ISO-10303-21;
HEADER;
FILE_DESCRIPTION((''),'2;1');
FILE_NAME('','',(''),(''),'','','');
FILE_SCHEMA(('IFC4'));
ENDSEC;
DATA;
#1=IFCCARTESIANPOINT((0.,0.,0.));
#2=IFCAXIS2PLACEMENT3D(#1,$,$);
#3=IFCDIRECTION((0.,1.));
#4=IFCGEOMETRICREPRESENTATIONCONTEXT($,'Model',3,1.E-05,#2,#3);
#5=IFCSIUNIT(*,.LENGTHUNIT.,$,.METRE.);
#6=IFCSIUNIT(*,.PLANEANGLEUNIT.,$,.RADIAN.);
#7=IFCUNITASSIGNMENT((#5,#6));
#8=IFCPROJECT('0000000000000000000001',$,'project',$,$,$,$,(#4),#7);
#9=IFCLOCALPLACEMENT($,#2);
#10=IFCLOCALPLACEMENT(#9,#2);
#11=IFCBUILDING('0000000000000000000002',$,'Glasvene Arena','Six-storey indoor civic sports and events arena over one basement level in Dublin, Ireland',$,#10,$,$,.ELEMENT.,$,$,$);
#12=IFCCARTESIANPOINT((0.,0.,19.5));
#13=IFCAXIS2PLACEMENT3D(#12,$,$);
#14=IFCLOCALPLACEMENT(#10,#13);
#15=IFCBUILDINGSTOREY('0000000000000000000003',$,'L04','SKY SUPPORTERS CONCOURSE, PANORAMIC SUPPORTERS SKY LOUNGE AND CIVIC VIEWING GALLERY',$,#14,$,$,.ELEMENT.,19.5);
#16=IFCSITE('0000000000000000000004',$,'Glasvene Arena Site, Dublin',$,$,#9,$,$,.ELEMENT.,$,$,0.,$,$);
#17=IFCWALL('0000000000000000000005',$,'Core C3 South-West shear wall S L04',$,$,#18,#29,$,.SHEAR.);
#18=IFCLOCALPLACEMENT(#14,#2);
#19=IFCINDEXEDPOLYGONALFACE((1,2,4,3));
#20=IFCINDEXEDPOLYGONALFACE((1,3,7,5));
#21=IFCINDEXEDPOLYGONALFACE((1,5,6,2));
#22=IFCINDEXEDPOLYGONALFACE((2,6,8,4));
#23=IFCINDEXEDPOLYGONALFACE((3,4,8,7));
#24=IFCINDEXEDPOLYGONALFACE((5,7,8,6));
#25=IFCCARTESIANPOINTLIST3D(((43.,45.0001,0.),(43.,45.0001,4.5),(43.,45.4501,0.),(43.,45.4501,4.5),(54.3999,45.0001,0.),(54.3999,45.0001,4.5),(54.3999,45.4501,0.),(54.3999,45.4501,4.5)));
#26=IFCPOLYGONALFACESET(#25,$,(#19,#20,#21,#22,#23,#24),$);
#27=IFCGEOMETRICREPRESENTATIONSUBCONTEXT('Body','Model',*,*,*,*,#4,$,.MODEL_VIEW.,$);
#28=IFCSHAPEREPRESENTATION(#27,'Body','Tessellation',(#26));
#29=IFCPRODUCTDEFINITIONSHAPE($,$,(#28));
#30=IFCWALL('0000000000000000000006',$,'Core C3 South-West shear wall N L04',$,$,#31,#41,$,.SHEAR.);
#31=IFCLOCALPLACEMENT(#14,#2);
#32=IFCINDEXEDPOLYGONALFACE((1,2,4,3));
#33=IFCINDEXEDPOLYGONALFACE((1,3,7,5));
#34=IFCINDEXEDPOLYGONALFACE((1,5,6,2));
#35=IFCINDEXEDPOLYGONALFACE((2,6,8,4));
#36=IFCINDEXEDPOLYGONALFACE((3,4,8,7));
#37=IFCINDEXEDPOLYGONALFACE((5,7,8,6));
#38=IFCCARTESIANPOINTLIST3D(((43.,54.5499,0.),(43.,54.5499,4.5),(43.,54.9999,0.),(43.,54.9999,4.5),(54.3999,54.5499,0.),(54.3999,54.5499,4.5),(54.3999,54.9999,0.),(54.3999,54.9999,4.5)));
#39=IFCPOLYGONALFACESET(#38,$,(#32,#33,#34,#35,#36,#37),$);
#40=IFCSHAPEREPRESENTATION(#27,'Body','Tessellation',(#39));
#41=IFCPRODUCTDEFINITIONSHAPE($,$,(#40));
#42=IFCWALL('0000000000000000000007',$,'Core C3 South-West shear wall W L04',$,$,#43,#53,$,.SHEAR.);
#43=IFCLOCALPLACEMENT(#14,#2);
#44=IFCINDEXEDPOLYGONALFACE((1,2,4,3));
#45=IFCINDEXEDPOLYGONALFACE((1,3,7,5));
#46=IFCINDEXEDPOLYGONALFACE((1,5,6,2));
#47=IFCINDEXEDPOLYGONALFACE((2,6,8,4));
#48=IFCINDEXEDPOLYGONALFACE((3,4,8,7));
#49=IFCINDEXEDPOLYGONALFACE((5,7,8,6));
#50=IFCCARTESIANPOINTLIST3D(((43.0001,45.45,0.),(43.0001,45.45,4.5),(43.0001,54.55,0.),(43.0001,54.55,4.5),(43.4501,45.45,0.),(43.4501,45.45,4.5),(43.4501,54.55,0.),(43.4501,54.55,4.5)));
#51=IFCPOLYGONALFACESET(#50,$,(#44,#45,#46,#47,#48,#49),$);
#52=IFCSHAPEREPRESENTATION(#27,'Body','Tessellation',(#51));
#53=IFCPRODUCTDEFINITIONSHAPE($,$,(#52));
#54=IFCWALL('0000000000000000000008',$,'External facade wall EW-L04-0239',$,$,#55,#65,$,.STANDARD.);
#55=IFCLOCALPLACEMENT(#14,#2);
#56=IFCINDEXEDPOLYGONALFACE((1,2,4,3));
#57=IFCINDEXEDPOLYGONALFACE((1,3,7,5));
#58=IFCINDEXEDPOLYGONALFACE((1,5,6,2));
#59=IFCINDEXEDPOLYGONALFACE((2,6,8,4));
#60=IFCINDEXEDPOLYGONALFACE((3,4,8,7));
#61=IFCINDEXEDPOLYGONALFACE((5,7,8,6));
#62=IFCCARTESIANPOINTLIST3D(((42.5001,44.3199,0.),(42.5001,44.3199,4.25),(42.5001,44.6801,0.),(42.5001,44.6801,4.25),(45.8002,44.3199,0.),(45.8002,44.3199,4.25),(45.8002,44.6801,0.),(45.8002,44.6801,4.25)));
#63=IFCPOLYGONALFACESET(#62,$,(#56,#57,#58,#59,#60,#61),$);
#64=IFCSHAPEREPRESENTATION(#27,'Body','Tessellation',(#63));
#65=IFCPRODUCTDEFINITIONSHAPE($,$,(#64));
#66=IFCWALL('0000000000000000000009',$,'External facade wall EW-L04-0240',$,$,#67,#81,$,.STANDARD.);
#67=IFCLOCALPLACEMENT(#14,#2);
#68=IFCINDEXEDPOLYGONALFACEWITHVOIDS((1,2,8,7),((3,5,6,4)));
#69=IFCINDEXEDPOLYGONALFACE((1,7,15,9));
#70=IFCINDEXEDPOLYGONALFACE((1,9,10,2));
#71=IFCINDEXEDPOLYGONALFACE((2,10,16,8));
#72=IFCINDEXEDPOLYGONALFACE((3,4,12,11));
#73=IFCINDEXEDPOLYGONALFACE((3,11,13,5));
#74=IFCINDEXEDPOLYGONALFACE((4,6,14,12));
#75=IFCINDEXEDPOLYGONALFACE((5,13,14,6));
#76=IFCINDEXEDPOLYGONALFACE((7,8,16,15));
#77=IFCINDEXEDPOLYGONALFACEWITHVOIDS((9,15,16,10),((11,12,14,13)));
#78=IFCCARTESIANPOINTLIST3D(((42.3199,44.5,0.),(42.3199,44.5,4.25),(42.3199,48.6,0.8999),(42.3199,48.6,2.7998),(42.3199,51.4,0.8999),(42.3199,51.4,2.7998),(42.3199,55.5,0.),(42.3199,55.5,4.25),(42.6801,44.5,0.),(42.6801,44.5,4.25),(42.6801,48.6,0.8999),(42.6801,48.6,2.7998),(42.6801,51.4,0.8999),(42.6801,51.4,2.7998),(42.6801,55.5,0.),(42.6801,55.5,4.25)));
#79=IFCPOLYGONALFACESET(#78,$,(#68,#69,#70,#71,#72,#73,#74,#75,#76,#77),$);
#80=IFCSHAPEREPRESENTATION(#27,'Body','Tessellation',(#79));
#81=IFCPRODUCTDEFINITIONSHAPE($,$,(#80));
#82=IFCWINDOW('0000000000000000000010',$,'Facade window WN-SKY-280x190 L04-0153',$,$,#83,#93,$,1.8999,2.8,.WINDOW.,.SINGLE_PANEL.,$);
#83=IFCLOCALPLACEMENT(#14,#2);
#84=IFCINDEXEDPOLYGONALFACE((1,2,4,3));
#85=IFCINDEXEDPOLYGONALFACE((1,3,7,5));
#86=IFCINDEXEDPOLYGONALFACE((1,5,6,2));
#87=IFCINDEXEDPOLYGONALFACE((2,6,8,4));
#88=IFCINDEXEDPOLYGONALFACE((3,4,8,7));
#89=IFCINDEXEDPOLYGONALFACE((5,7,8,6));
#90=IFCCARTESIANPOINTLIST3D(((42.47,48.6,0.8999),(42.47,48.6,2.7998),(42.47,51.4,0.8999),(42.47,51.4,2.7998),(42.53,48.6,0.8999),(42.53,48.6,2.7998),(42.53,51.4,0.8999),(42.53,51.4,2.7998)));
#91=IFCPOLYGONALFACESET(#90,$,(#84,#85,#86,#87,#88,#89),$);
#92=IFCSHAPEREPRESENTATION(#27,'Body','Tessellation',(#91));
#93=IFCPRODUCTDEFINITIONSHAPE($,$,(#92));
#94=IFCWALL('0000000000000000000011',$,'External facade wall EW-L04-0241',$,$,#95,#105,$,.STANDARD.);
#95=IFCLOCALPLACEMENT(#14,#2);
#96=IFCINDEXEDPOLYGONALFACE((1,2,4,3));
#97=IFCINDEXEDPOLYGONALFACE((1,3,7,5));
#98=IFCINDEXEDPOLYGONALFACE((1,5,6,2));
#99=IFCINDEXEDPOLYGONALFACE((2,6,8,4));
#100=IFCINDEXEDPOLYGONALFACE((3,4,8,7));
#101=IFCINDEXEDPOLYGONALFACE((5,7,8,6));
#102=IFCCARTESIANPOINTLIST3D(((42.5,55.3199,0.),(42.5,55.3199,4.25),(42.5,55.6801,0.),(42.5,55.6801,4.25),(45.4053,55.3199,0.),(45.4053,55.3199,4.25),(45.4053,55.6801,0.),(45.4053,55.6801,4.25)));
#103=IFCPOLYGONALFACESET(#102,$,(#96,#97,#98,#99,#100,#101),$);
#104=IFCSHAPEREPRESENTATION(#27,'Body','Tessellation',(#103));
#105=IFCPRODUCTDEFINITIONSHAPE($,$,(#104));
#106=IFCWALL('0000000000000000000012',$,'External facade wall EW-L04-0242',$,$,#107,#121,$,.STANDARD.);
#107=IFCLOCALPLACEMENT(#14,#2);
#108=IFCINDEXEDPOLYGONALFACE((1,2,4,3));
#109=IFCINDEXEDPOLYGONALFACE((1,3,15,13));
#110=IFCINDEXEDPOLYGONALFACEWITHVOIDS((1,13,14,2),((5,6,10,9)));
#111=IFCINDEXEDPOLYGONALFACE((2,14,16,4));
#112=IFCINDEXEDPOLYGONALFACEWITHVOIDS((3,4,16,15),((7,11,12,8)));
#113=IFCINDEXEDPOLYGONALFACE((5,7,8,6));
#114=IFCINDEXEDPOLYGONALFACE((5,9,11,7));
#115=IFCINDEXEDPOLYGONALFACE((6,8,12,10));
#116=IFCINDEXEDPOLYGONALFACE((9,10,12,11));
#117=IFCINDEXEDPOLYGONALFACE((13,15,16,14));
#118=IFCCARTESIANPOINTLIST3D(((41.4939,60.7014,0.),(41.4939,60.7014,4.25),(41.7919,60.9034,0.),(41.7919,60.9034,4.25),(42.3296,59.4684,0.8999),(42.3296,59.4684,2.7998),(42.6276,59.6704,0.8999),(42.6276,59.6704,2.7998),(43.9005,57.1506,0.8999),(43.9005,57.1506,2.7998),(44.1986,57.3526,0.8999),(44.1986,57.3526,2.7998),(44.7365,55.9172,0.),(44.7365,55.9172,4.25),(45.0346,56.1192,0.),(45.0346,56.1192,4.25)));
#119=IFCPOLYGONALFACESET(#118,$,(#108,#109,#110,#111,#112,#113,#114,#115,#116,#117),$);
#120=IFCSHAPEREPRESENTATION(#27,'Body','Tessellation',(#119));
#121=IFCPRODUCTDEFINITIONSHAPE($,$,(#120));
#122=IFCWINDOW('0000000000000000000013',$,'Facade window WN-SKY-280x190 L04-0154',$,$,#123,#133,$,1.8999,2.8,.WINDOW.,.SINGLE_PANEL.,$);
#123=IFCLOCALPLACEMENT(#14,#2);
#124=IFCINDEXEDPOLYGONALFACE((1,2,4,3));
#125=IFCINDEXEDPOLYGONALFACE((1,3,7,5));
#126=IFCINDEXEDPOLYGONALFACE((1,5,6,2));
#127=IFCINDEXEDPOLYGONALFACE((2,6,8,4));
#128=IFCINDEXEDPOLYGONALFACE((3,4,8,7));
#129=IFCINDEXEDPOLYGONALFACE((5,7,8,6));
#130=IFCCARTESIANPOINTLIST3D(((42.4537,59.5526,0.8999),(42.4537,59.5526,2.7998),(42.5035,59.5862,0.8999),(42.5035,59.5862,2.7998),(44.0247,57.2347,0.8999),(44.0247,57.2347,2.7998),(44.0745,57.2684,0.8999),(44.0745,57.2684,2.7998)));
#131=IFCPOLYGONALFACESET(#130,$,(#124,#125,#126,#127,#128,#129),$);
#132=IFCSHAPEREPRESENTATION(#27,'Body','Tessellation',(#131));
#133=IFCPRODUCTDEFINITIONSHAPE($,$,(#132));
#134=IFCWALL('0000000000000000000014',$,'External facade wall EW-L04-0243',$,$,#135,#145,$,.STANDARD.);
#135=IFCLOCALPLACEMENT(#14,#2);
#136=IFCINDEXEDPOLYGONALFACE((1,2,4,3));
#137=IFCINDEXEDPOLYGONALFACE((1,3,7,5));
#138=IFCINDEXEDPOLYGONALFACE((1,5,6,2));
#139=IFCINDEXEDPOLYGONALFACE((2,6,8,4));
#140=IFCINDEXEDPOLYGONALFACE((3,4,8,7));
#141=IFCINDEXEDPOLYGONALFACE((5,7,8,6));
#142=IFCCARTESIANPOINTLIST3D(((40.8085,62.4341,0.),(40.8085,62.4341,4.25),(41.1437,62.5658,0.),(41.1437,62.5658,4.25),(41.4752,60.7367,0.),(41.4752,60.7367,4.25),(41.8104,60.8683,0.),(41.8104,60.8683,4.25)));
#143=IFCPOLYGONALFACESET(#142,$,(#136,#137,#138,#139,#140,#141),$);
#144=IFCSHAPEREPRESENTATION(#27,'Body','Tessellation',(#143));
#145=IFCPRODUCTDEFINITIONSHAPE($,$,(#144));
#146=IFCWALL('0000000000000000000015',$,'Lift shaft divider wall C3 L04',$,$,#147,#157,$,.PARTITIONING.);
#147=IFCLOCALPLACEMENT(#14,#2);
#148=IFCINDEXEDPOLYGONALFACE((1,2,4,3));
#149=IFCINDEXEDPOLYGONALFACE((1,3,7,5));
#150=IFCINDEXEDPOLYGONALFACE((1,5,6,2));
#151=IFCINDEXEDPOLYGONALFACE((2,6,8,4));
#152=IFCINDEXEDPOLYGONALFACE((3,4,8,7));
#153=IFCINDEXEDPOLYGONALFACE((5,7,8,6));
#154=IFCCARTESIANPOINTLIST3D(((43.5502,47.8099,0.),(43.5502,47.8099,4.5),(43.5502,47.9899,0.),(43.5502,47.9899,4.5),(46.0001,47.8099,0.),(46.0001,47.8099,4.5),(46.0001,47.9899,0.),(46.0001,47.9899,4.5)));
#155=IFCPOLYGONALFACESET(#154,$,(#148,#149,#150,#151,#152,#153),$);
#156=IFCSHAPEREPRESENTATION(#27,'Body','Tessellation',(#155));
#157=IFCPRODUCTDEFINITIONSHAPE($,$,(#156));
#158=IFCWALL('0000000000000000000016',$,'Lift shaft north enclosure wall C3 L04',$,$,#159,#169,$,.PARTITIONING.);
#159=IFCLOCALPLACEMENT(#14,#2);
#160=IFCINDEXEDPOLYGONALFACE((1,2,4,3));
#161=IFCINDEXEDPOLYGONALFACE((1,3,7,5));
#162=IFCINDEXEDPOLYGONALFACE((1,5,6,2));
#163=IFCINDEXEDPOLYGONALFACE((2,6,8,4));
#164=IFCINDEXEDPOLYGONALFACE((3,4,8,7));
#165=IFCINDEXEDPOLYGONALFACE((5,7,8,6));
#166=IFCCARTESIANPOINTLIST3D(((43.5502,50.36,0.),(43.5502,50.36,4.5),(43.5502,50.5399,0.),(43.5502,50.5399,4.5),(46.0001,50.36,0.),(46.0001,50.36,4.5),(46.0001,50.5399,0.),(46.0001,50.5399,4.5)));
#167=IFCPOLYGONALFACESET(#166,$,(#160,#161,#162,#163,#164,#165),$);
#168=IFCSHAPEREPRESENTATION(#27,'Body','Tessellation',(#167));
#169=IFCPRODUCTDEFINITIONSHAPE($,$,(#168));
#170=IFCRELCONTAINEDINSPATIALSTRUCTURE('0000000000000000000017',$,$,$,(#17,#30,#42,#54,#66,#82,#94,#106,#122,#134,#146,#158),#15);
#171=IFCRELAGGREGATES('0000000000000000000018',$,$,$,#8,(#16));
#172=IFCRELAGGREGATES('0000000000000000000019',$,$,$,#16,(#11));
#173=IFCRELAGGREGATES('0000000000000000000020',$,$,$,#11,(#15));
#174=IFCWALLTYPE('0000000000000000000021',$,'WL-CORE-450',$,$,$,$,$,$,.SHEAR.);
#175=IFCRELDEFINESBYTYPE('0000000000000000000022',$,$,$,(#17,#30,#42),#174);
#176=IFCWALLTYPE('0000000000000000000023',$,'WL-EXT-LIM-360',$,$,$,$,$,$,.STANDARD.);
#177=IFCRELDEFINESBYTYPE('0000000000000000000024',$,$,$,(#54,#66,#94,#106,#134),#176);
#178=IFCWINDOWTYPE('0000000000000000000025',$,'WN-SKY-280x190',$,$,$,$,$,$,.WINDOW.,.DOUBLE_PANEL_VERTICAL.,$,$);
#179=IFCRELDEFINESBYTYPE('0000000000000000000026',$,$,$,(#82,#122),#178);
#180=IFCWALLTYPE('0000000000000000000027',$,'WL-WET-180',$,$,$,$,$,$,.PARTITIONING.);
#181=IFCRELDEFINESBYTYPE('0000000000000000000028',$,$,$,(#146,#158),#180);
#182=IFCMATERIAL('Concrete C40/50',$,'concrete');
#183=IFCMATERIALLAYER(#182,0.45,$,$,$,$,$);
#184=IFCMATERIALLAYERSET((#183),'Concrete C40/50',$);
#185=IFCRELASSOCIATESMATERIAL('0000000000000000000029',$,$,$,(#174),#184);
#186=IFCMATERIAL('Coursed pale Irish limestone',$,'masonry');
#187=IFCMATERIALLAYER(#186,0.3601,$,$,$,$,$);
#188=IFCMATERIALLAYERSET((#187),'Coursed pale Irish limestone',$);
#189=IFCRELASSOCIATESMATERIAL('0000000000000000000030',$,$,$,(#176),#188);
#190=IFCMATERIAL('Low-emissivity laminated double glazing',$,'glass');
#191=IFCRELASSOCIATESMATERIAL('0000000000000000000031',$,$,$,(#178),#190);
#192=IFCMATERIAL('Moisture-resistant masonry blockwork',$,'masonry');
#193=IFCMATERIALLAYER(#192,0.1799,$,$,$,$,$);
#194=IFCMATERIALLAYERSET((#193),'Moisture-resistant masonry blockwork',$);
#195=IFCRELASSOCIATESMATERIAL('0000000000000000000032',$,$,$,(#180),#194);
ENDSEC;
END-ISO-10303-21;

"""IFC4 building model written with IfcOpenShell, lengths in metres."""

from ifc_helpers import new_model, si_unit, direction, frame, frame_2d, origin, place, context, subcontext, project, spatial, rectangle, extrude, material, layer, layer_set, type_object, element, fill, save


model = new_model("IFC4")

# Units and contexts
model_context = context("Model", 3, precision=1e-05, world=origin(), true_north=direction((0.0, 1.0)))
body_context = subcontext(model_context, "Body", "Model", "MODEL_VIEW")
ifc_project = project(units=[si_unit("LENGTHUNIT", "METRE"), si_unit("PLANEANGLEUNIT", "RADIAN")], contexts=[model_context])

# Site, building, storey
site_placement = place(None, origin())
site = spatial("IfcSite", under=ifc_project, at=site_placement, Name="Glasvene Arena Site, Dublin", CompositionType="ELEMENT", RefElevation=0.0)
building_placement = place(site_placement, origin())
building = spatial("IfcBuilding", under=site, at=building_placement, Name="Glasvene Arena", Description="Six-storey indoor civic sports and events arena over one basement level in Dublin, Ireland", CompositionType="ELEMENT")
storey_placement = place(building_placement, frame((0.0, 0.0, 19.5)))
storey = spatial("IfcBuildingStorey", under=building, at=storey_placement, Name="L04", Description="SKY SUPPORTERS CONCOURSE, PANORAMIC SUPPORTERS SKY LOUNGE AND CIVIC VIEWING GALLERY", CompositionType="ELEMENT", Elevation=19.5)

# Shared definitions
ifc_material_1 = material(Name="Low-emissivity laminated double glazing", Category="glass")

# Walls
ifc_material_2 = material(Name="Concrete C40/50", Category="concrete")
ifc_layer_1 = layer(ifc_material_2, 0.45)
ifc_layer_set_1 = layer_set([ifc_layer_1], Name="Concrete C40/50")
wall_type_1 = type_object("IfcWallType", Name="WL-CORE-450", PredefinedType="SHEAR", material=ifc_layer_set_1)
for number, where, z_axis, x_axis, name in (
    (1, (43.0, 45.2251, 0.0), (0.0, 0.0, 1.0), (1.0, 0.0, 0.0), "Core C3 South-West shear wall S L04"),
    (2, (43.0, 54.7749, 0.0), (0.0, 0.0, 1.0), (1.0, 0.0, 0.0), "Core C3 South-West shear wall N L04"),
):
    element("IfcWall", number, at=place(storey_placement, frame(where, z_axis=z_axis, x_axis=x_axis)), inside=storey, type_object=wall_type_1, Name=name, PredefinedType="SHEAR", context=body_context, shape_type="SweptSolid", body=[
        extrude(rectangle(XDim=11.3999, YDim=0.45, at=frame_2d((5.7, 0.0))), origin(), (0.0, 0.0, 1.0), 4.5),
    ])
wall_1_placement = place(storey_placement, frame((43.2251, 45.45, 0.0), z_axis=(0.0, 0.0, 1.0), x_axis=(0.0, 1.0, 0.0)))
element("IfcWall", 3, at=wall_1_placement, inside=storey, type_object=wall_type_1, Name="Core C3 South-West shear wall W L04", PredefinedType="SHEAR", context=body_context, shape_type="SweptSolid", body=[
    extrude(rectangle(XDim=9.1001, YDim=0.45, at=frame_2d((4.55, 0.0))), origin(), (0.0, 0.0, 1.0), 4.5),
])
ifc_material_3 = material(Name="Coursed pale Irish limestone", Category="masonry")
ifc_layer_2 = layer(ifc_material_3, 0.3601)
ifc_layer_set_2 = layer_set([ifc_layer_2], Name="Coursed pale Irish limestone")
wall_type_2 = type_object("IfcWallType", Name="WL-EXT-LIM-360", PredefinedType="STANDARD", material=ifc_layer_set_2)
wall_2_placement = place(storey_placement, frame((45.8, 44.5, 0.0), z_axis=(0.0, 0.0, 1.0), x_axis=(-1.0, 0.0, 0.0)))
element("IfcWall", 4, at=wall_2_placement, inside=storey, type_object=wall_type_2, Name="External facade wall EW-L04-0239", PredefinedType="STANDARD", context=body_context, shape_type="SweptSolid", body=[
    extrude(rectangle(XDim=3.3, YDim=0.3601, at=frame_2d((1.6499, 0.0))), origin(), (0.0, 0.0, 1.0), 4.25),
])

# Wall, opening, window
wall_3_placement = place(storey_placement, frame((42.5, 44.5, 0.0), z_axis=(0.0, 0.0, 1.0), x_axis=(0.0, 1.0, 0.0)))
wall_3 = element("IfcWall", 5, at=wall_3_placement, inside=storey, type_object=wall_type_2, Name="External facade wall EW-L04-0240", PredefinedType="STANDARD", context=body_context, shape_type="SweptSolid", body=[
    extrude(rectangle(XDim=11.0, YDim=0.3601, at=frame_2d((5.5, 0.0))), origin(), (0.0, 0.0, 1.0), 4.25),
])
opening_1_placement = place(wall_3_placement, frame((4.1001, 0.0, 0.8999)))
opening_1 = element("IfcOpeningElement", 6, at=opening_1_placement, cuts=wall_3, PredefinedType="OPENING", context=body_context, shape_type="SweptSolid", body=[
    extrude(rectangle(XDim=2.8, YDim=1.8999, at=frame_2d((1.3999, 0.95))), frame((0.0, 0.1899, 0.0), z_axis=(0.0, -1.0, 0.0), x_axis=(1.0, 0.0, 0.0)), (0.0, 0.0, 1.0), 0.3801),
])
window_type = type_object("IfcWindowType", Name="WN-SKY-280x190", PartitioningType="DOUBLE_PANEL_VERTICAL", PredefinedType="WINDOW", material=ifc_material_1)
window_1_placement = place(opening_1_placement, origin())
window_1 = element("IfcWindow", 7, at=window_1_placement, inside=storey, type_object=window_type, Name="Facade window WN-SKY-280x190 L04-0153", OverallHeight=1.8999, OverallWidth=2.8, PartitioningType="SINGLE_PANEL", PredefinedType="WINDOW", context=body_context, shape_type="SweptSolid", body=[
    extrude(rectangle(XDim=2.8, YDim=1.8999, at=frame_2d((1.3999, 0.95))), frame((0.0, 0.03, 0.0), z_axis=(0.0, -1.0, 0.0), x_axis=(1.0, 0.0, 0.0)), (0.0, 0.0, 1.0), 0.0601),
])
fill(opening_1, window_1)

# Wall
wall_4_placement = place(storey_placement, frame((42.5, 55.5, 0.0), z_axis=(0.0, 0.0, 1.0), x_axis=(1.0, 0.0, 0.0)))
element("IfcWall", 8, at=wall_4_placement, inside=storey, type_object=wall_type_2, Name="External facade wall EW-L04-0241", PredefinedType="STANDARD", context=body_context, shape_type="SweptSolid", body=[
    extrude(rectangle(XDim=2.9053, YDim=0.3601, at=frame_2d((1.4526, 0.0))), origin(), (0.0, 0.0, 1.0), 4.25),
])

# Wall, opening, window
wall_5_placement = place(storey_placement, frame((44.8855, 56.0183, 0.0), z_axis=(0.0, 0.0, 1.0), x_axis=(-0.561059, 0.827776, 0.0)))
wall_5 = element("IfcWall", 9, at=wall_5_placement, inside=storey, type_object=wall_type_2, Name="External facade wall EW-L04-0242", PredefinedType="STANDARD", context=body_context, shape_type="SweptSolid", body=[
    extrude(rectangle(XDim=5.7795, YDim=0.3601, at=frame_2d((2.8896, 0.0))), origin(), (0.0, 0.0, 1.0), 4.25),
])
opening_2_placement = place(wall_5_placement, frame((1.49, 0.0, 0.8999)))
opening_2 = element("IfcOpeningElement", 10, at=opening_2_placement, cuts=wall_5, PredefinedType="OPENING", context=body_context, shape_type="SweptSolid", body=[
    extrude(rectangle(XDim=2.8, YDim=1.8999, at=frame_2d((1.3999, 0.95))), frame((0.0, 0.1899, 0.0), z_axis=(0.0, -1.0, 0.0), x_axis=(1.0, 0.0, 0.0)), (0.0, 0.0, 1.0), 0.3801),
])
window_2_placement = place(opening_2_placement, origin())
window_2 = element("IfcWindow", 11, at=window_2_placement, inside=storey, type_object=window_type, Name="Facade window WN-SKY-280x190 L04-0154", OverallHeight=1.8999, OverallWidth=2.8, PartitioningType="SINGLE_PANEL", PredefinedType="WINDOW", context=body_context, shape_type="SweptSolid", body=[
    extrude(rectangle(XDim=2.8, YDim=1.8999, at=frame_2d((1.3999, 0.95))), frame((0.0, 0.03, 0.0), z_axis=(0.0, -1.0, 0.0), x_axis=(1.0, 0.0, 0.0)), (0.0, 0.0, 1.0), 0.0601),
])
fill(opening_2, window_2)

# Walls
wall_6_placement = place(storey_placement, frame((41.6428, 60.8025, 0.0), z_axis=(0.0, 0.0, 1.0), x_axis=(-0.36559, 0.930776, 0.0)))
element("IfcWall", 12, at=wall_6_placement, inside=storey, type_object=wall_type_2, Name="External facade wall EW-L04-0243", PredefinedType="STANDARD", context=body_context, shape_type="SweptSolid", body=[
    extrude(rectangle(XDim=1.8237, YDim=0.3601, at=frame_2d((0.9119, 0.0))), origin(), (0.0, 0.0, 1.0), 4.25),
])
ifc_material_4 = material(Name="Moisture-resistant masonry blockwork", Category="masonry")
ifc_layer_3 = layer(ifc_material_4, 0.1799)
ifc_layer_set_3 = layer_set([ifc_layer_3], Name="Moisture-resistant masonry blockwork")
wall_type_3 = type_object("IfcWallType", Name="WL-WET-180", PredefinedType="PARTITIONING", material=ifc_layer_set_3)
for number, where, z_axis, x_axis, name in (
    (13, (43.55, 47.8999, 0.0), (0.0, 0.0, 1.0), (1.0, 0.0, 0.0), "Lift shaft divider wall C3 L04"),
    (14, (43.55, 50.45, 0.0), (0.0, 0.0, 1.0), (1.0, 0.0, 0.0), "Lift shaft north enclosure wall C3 L04"),
):
    element("IfcWall", number, at=place(storey_placement, frame(where, z_axis=z_axis, x_axis=x_axis)), inside=storey, type_object=wall_type_3, Name=name, PredefinedType="PARTITIONING", context=body_context, shape_type="SweptSolid", body=[
        extrude(rectangle(XDim=2.45, YDim=0.1799, at=frame_2d((1.2251, 0.0))), origin(), (0.0, 0.0, 1.0), 4.5),
    ])

save(model, "model.ifc")
